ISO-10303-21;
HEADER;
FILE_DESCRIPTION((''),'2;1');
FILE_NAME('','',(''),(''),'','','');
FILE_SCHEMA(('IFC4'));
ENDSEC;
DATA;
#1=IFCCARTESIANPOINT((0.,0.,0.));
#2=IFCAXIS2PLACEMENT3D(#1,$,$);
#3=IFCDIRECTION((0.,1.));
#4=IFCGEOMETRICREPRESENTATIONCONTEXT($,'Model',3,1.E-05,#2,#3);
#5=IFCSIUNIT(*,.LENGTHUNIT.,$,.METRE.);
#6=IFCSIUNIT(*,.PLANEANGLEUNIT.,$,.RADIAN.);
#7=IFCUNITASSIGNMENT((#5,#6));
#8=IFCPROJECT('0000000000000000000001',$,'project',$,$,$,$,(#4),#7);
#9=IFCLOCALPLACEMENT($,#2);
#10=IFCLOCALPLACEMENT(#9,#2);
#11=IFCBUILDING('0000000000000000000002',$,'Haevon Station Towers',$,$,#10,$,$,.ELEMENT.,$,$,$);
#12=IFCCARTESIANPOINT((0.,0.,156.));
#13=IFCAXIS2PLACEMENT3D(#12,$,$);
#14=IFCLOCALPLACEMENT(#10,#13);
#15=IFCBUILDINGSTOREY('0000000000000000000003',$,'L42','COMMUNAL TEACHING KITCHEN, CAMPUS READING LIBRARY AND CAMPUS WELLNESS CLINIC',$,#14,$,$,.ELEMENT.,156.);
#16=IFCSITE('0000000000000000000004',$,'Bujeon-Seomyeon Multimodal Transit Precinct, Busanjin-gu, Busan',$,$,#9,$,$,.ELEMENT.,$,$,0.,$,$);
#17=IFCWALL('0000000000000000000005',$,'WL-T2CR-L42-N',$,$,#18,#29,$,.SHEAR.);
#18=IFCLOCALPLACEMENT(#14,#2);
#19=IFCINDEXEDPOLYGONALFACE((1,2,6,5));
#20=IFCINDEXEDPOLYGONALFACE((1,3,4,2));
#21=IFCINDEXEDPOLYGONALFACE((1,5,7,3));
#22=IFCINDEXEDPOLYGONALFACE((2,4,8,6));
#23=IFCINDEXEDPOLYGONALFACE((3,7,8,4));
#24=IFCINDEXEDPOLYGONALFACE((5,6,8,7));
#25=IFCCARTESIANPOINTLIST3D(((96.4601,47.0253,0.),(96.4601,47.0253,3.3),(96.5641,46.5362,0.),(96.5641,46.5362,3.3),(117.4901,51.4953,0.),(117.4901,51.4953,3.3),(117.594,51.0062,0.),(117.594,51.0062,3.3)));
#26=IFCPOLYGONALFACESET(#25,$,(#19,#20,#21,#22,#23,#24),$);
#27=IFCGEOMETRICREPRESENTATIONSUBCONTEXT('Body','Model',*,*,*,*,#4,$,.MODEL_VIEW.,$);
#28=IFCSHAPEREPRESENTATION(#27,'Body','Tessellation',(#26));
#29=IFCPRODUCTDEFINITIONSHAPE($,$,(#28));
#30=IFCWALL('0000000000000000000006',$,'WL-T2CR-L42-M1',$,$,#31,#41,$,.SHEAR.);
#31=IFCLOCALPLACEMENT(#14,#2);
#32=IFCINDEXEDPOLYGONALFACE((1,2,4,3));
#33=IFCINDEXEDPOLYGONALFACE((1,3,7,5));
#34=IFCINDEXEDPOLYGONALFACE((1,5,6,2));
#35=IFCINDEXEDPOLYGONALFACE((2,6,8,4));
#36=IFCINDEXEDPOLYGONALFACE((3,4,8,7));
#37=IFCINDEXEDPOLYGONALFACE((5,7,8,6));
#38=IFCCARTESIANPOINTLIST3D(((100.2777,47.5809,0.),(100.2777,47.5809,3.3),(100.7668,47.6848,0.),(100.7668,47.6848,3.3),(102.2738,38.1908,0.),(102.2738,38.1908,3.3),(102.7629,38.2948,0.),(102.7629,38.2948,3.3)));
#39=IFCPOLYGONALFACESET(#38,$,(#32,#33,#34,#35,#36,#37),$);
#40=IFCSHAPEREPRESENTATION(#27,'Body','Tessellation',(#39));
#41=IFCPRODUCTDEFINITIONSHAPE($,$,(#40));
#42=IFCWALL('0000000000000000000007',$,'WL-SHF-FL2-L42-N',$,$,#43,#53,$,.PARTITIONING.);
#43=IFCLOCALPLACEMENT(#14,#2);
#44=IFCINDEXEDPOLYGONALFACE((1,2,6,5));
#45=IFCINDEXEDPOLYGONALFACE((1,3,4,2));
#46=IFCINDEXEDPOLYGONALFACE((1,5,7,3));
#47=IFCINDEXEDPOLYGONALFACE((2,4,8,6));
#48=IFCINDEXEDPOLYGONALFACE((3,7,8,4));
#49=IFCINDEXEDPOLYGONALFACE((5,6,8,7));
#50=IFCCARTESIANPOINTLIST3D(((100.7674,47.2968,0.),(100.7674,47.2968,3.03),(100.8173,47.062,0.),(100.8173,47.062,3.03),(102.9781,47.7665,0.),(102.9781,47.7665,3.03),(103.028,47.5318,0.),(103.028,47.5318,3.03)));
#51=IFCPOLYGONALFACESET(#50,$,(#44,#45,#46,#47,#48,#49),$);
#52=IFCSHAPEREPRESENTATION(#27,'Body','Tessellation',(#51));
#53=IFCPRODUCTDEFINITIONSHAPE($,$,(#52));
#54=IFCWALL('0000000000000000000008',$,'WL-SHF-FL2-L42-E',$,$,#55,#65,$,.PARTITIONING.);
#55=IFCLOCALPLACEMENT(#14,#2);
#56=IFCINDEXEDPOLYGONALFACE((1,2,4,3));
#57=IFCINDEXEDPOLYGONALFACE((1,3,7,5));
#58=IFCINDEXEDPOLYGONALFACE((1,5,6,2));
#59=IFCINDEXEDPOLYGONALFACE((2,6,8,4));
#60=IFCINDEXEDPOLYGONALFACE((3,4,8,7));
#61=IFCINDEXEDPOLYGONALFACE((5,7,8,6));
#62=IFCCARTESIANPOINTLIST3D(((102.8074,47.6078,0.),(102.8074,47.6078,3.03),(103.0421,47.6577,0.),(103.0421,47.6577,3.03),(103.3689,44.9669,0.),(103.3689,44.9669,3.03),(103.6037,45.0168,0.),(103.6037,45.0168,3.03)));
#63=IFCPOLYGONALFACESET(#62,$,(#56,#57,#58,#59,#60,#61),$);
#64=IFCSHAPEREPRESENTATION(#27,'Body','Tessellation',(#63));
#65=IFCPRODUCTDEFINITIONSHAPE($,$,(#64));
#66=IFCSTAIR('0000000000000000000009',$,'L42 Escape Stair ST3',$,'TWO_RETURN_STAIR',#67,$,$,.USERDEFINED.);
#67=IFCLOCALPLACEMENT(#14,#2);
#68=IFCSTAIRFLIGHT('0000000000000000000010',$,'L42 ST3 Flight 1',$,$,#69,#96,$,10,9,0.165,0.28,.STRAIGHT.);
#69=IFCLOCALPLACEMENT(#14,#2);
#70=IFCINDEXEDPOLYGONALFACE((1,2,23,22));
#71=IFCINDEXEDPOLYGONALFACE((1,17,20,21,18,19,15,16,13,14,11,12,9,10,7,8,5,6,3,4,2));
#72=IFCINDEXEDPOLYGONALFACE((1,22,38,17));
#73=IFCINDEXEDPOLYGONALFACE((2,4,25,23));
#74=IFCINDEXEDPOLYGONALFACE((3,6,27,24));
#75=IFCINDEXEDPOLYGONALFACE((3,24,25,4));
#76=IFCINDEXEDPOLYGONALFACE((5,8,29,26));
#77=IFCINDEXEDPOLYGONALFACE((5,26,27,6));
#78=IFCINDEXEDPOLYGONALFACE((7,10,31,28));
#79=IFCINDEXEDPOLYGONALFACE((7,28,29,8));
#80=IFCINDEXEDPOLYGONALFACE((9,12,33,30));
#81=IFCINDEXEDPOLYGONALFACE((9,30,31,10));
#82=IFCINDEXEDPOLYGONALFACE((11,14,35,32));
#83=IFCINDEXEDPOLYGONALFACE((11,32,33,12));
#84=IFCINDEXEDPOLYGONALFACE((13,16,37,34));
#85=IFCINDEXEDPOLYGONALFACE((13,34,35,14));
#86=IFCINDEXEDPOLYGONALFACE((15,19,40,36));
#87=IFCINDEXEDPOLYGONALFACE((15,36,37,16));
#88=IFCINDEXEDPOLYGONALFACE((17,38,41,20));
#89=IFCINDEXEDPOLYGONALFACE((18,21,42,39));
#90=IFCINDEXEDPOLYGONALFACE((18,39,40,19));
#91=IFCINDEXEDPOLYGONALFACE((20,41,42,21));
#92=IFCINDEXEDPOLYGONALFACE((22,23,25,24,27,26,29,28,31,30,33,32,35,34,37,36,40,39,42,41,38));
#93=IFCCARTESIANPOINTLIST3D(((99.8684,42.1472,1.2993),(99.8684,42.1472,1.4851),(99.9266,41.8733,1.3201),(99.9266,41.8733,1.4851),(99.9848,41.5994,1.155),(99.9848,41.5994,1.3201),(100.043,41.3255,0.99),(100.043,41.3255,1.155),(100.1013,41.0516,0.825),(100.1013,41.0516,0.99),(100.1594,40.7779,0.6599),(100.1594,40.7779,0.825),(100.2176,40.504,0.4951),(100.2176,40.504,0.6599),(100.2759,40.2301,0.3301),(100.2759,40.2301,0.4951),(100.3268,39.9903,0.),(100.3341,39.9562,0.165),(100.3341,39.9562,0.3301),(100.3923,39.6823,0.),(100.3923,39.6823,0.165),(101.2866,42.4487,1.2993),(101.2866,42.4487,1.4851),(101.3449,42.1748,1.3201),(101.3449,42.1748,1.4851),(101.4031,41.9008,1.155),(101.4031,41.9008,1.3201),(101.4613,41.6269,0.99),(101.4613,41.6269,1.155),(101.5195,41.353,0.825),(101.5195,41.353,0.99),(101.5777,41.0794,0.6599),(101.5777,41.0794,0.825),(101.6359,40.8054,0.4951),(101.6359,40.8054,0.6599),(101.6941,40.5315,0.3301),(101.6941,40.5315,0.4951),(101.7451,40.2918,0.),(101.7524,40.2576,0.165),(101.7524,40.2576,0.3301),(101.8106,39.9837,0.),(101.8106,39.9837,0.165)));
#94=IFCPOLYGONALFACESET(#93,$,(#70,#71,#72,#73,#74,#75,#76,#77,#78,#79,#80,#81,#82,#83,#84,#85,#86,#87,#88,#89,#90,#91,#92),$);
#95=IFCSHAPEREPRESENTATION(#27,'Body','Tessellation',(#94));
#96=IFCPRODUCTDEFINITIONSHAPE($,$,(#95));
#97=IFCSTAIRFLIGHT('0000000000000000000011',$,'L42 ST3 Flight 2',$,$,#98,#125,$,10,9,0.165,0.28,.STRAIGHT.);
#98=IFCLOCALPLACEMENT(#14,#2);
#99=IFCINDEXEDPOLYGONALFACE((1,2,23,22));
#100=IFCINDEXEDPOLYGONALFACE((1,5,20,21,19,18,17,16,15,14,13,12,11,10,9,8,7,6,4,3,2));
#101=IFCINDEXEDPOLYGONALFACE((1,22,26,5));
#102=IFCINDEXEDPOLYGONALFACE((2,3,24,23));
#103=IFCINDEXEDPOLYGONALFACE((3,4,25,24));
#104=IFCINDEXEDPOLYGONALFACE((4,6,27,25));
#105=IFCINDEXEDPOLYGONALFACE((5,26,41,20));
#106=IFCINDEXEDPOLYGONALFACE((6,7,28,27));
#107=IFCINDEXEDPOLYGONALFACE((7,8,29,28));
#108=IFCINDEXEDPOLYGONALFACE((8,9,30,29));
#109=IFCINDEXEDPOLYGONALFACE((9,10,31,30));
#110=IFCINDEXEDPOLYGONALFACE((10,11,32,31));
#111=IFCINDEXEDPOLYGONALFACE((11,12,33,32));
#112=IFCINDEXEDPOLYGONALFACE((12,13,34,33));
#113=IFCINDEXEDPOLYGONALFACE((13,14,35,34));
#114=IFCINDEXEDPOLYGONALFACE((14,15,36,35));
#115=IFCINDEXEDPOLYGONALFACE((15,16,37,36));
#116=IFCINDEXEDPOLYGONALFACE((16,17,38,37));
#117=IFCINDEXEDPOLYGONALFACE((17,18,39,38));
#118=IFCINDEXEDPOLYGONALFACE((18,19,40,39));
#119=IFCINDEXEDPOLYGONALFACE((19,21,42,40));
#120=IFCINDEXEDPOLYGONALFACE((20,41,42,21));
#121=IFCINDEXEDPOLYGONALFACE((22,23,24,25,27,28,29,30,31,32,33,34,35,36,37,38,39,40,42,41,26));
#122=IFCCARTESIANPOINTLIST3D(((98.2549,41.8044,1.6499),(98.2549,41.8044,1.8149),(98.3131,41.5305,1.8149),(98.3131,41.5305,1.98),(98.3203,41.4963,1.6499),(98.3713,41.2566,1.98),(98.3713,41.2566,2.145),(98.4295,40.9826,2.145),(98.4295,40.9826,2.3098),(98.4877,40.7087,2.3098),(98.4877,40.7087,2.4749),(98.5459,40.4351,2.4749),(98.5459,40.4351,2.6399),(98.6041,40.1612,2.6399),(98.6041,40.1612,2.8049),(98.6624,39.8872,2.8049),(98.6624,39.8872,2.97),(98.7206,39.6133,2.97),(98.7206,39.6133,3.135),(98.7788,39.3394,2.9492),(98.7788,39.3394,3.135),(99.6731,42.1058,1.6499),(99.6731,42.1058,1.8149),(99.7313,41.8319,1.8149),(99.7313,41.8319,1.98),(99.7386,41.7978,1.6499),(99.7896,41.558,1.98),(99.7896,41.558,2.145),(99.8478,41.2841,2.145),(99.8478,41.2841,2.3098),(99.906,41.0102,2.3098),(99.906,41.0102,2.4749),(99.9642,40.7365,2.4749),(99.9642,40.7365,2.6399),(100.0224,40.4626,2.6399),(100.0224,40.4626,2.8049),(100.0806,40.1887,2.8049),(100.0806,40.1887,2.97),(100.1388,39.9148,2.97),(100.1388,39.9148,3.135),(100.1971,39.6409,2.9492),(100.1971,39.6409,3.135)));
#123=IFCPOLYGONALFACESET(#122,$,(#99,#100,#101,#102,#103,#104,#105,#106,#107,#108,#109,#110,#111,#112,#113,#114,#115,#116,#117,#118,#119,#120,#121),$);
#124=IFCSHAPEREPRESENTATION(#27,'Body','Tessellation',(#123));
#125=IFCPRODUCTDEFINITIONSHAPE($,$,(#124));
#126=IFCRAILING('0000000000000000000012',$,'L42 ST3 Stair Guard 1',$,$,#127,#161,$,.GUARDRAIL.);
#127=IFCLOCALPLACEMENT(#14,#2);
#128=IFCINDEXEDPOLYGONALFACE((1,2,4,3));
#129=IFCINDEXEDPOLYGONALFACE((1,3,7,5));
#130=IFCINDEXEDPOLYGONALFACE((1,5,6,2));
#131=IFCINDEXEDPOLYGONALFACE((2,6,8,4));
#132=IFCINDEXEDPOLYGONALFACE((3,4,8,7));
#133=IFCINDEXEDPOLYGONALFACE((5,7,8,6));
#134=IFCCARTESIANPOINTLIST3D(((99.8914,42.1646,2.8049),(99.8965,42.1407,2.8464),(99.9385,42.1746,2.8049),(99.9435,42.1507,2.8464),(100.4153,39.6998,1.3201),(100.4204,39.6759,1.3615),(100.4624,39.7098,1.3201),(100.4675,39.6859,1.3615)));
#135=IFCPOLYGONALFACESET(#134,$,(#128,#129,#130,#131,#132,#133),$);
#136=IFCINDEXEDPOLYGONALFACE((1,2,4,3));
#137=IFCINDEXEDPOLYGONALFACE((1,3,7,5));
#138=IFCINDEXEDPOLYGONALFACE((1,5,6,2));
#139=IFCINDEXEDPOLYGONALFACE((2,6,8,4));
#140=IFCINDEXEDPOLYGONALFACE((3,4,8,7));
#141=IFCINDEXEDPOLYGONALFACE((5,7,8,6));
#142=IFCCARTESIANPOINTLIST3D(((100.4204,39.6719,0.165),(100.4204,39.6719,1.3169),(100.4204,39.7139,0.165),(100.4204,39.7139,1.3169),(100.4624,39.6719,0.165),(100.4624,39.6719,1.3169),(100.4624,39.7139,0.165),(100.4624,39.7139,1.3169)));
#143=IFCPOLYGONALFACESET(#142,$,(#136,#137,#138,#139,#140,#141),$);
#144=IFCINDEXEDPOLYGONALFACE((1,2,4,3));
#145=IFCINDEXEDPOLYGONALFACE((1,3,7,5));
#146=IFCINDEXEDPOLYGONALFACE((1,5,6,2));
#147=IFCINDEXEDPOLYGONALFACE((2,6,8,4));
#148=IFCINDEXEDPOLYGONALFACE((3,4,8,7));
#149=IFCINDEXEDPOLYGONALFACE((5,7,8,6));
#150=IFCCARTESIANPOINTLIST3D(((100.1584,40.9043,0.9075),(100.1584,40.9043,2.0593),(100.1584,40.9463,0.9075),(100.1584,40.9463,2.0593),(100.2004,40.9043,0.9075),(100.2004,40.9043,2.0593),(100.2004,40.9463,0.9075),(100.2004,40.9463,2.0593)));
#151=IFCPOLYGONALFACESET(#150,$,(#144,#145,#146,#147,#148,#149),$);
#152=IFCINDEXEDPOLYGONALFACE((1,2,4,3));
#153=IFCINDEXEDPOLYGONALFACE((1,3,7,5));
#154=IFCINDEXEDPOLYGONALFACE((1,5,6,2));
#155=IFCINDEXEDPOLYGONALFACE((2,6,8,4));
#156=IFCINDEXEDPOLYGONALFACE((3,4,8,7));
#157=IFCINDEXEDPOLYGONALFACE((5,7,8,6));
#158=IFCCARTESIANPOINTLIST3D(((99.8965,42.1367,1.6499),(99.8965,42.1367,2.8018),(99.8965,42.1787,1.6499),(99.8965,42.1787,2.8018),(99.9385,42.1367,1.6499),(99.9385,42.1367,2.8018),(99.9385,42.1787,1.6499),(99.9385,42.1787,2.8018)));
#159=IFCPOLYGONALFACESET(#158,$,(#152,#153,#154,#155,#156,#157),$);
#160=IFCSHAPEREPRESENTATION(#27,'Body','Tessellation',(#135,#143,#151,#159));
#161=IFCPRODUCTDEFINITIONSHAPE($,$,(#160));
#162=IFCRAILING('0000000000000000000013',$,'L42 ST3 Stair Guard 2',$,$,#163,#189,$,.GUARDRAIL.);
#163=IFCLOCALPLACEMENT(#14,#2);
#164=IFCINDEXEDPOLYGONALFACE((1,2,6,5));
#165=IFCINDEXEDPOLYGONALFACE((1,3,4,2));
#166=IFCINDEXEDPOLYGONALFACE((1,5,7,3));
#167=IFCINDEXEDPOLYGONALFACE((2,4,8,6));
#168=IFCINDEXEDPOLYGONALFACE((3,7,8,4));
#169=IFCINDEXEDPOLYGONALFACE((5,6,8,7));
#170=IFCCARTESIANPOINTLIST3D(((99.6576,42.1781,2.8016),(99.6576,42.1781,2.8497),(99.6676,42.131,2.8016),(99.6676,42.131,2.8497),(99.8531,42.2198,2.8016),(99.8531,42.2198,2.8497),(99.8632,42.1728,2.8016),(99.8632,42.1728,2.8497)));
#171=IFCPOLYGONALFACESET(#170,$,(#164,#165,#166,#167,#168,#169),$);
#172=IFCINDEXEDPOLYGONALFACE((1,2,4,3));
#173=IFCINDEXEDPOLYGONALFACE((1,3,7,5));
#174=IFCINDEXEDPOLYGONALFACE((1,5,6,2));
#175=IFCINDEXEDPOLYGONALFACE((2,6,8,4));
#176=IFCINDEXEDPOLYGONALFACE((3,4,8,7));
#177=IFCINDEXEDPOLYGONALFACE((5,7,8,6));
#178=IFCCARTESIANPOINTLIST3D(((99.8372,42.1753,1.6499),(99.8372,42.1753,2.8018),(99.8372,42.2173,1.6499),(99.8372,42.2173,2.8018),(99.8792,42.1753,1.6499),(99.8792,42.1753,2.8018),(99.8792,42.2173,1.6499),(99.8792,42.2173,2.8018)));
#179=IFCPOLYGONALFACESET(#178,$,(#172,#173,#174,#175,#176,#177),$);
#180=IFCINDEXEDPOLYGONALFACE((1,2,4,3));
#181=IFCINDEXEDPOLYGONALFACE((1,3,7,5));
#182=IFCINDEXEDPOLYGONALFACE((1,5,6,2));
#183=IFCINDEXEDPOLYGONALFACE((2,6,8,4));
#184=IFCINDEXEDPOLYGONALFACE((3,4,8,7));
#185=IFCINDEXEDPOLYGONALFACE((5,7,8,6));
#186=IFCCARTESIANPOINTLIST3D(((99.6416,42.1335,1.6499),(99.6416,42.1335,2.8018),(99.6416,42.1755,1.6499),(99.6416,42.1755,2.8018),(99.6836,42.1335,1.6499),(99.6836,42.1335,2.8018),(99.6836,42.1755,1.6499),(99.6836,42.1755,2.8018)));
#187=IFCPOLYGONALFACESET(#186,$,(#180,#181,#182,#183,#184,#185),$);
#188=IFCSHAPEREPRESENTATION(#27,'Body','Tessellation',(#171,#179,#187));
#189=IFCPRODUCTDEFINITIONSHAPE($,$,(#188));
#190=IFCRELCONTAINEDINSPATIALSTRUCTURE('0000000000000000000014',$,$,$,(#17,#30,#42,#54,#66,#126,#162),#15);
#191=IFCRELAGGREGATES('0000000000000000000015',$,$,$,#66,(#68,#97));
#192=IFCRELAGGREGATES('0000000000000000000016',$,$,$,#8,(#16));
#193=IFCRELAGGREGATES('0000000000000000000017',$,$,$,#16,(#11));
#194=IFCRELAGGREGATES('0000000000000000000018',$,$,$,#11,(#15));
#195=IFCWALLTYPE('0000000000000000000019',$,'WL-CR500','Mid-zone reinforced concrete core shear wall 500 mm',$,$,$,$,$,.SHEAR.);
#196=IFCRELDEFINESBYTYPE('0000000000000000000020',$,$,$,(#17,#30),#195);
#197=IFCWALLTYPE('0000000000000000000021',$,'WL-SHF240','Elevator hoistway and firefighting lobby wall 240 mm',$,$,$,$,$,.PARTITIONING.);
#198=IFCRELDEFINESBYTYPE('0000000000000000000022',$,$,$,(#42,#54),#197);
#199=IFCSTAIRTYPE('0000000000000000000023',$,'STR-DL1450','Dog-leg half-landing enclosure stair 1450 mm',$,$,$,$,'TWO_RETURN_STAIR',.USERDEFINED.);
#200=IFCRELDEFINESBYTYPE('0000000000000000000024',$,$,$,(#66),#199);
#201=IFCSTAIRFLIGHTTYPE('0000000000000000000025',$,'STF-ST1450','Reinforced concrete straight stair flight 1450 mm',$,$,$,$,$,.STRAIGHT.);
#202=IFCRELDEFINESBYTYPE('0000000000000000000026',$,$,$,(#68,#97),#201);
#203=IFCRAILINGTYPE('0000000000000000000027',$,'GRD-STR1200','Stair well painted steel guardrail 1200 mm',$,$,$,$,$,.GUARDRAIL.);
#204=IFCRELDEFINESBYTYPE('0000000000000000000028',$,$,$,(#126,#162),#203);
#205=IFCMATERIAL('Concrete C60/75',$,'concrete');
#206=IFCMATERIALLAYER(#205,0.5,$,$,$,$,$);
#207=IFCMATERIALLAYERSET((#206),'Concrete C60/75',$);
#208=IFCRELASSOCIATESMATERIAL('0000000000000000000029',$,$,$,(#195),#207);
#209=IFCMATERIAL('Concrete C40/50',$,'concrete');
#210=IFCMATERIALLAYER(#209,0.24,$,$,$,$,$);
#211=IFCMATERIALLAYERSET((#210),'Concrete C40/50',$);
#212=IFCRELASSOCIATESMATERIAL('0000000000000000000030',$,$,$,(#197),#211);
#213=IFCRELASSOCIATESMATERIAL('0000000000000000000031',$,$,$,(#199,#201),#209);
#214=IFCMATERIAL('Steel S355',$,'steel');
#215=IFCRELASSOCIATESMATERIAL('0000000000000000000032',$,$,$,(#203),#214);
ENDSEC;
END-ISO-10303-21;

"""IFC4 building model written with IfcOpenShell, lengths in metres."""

from ifc_helpers import new_model, si_unit, direction, frame, frame_2d, origin, origin_2d, place, context, subcontext, project, spatial, polyline, rectangle, outline, extrude, material, layer, layer_set, type_object, element, aggregate, save


model = new_model("IFC4")

# Units and contexts
model_context = context("Model", 3, precision=1e-05, world=origin(), true_north=direction((0.0, 1.0)))
body_context = subcontext(model_context, "Body", "Model", "MODEL_VIEW")
ifc_project = project(units=[si_unit("LENGTHUNIT", "METRE"), si_unit("PLANEANGLEUNIT", "RADIAN")], contexts=[model_context])

# Site, building, storey
site_placement = place(None, origin())
site = spatial("IfcSite", under=ifc_project, at=site_placement, Name="Bujeon-Seomyeon Multimodal Transit Precinct, Busanjin-gu, Busan", CompositionType="ELEMENT", RefElevation=0.0)
building_placement = place(site_placement, origin())
building = spatial("IfcBuilding", under=site, at=building_placement, Name="Haevon Station Towers", CompositionType="ELEMENT")
storey_placement = place(building_placement, frame((0.0, 0.0, 156.0)))
storey = spatial("IfcBuildingStorey", under=building, at=storey_placement, Name="L42", Description="COMMUNAL TEACHING KITCHEN, CAMPUS READING LIBRARY AND CAMPUS WELLNESS CLINIC", CompositionType="ELEMENT", Elevation=156.0)

# Shared definitions
ifc_material_1 = material(Name="Steel S355", Category="steel")

# Walls
ifc_material_2 = material(Name="Concrete C60/75", Category="concrete")
ifc_layer_1 = layer(ifc_material_2, 0.5)
ifc_layer_set_1 = layer_set([ifc_layer_1], Name="Concrete C60/75")
wall_type_1 = type_object("IfcWallType", Name="WL-CR500", Description="Mid-zone reinforced concrete core shear wall 500 mm", PredefinedType="SHEAR", material=ifc_layer_set_1)
wall_1_placement = place(storey_placement, frame((96.512, 46.7808, 0.0), z_axis=(0.0, 0.0, 1.0), x_axis=(0.978149, 0.207907, 0.0)))
element("IfcWall", 1, at=wall_1_placement, inside=storey, type_object=wall_type_1, Name="WL-T2CR-L42-N", PredefinedType="SHEAR", context=body_context, shape_type="SweptSolid", body=[
    extrude(rectangle(XDim=21.4998, YDim=0.5, at=frame_2d((10.75, 0.0))), origin(), (0.0, 0.0, 1.0), 3.3),
])
wall_2_placement = place(storey_placement, frame((102.5183, 38.2429, 0.0), z_axis=(0.0, 0.0, 1.0), x_axis=(-0.207927, 0.978144, 0.0)))
element("IfcWall", 2, at=wall_2_placement, inside=storey, type_object=wall_type_1, Name="WL-T2CR-L42-M1", PredefinedType="SHEAR", context=body_context, shape_type="SweptSolid", body=[
    extrude(rectangle(XDim=9.5999, YDim=0.5, at=frame_2d((4.7998, 0.0))), origin(), (0.0, 0.0, 1.0), 3.3),
])

# Shared definitions
ifc_material_3 = material(Name="Concrete C40/50", Category="concrete")
ifc_layer_2 = layer(ifc_material_3, 0.24)
ifc_layer_set_2 = layer_set([ifc_layer_2], Name="Concrete C40/50")
wall_type_2 = type_object("IfcWallType", Name="WL-SHF240", Description="Elevator hoistway and firefighting lobby wall 240 mm", PredefinedType="PARTITIONING", material=ifc_layer_set_2)

# Walls
wall_3_placement = place(storey_placement, frame((100.7925, 47.1794, 0.0), z_axis=(0.0, 0.0, 1.0), x_axis=(0.978163, 0.207839, 0.0)))
element("IfcWall", 3, at=wall_3_placement, inside=storey, type_object=wall_type_2, Name="WL-SHF-FL2-L42-N", PredefinedType="PARTITIONING", context=body_context, shape_type="SweptSolid", body=[
    extrude(rectangle(XDim=2.26, YDim=0.24, at=frame_2d((1.1299, 0.0))), origin(), (0.0, 0.0, 1.0), 3.03),
])
wall_4_placement = place(storey_placement, frame((103.4863, 44.9917, 0.0), z_axis=(0.0, 0.0, 1.0), x_axis=(-0.207979, 0.978133, 0.0)))
element("IfcWall", 4, at=wall_4_placement, inside=storey, type_object=wall_type_2, Name="WL-SHF-FL2-L42-E", PredefinedType="PARTITIONING", context=body_context, shape_type="SweptSolid", body=[
    extrude(rectangle(XDim=2.7, YDim=0.24, at=frame_2d((1.3501, 0.0))), origin(), (0.0, 0.0, 1.0), 3.03),
])

# Stair, stair flights
stair_type = type_object("IfcStairType", Name="STR-DL1450", Description="Dog-leg half-landing enclosure stair 1450 mm", ElementType="TWO_RETURN_STAIR", PredefinedType="USERDEFINED", material=ifc_material_3)
stair_placement = place(storey_placement, origin())
stair = element("IfcStair", 5, at=stair_placement, inside=storey, type_object=stair_type, Name="L42 Escape Stair ST3", ObjectType="TWO_RETURN_STAIR", PredefinedType="USERDEFINED")
stair_flight_type = type_object("IfcStairFlightType", Name="STF-ST1450", Description="Reinforced concrete straight stair flight 1450 mm", PredefinedType="STRAIGHT", material=ifc_material_3)
stair_flight_1_placement = place(storey_placement, frame((101.1016, 39.833, 0.0), z_axis=(0.0, 0.0, 1.0), x_axis=(-0.207912, 0.978148, 0.0)))
stair_flight_1 = element("IfcStairFlight", 6, at=stair_flight_1_placement, type_object=stair_flight_type, Name="L42 ST3 Flight 1", NumberOfRisers=10, NumberOfTreads=9, PredefinedType="STRAIGHT", RiserHeight=0.165, TreadLength=0.28, context=body_context, shape_type="SweptSolid", body=[
    extrude(outline(polyline([(0.0, 0.0), (0.0, 0.165), (0.28, 0.165), (0.28, 0.3301), (0.5601, 0.3301), (0.5601, 0.4951), (0.8401, 0.4951), (0.8401, 0.6599), (1.1201, 0.6599), (1.1201, 0.825), (1.3999, 0.825), (1.3999, 0.99), (1.6799, 0.99), (1.6799, 1.155), (1.96, 1.155), (1.96, 1.3201), (2.24, 1.3201), (2.24, 1.4851), (2.52, 1.4851), (2.52, 1.6499), (2.52, 1.2993), (0.3149, 0.0), (0.0, 0.0)])), frame((0.0, 0.7251, 0.0), z_axis=(0.0, -1.0, 0.0), x_axis=(1.0, 0.0, 0.0)), (0.0, 0.0, 1.0), 1.45),
])
stair_flight_2_placement = place(storey_placement, frame((98.9639, 41.9551, 1.6499), z_axis=(0.0, 0.0, 1.0), x_axis=(0.207912, -0.978148, 0.0)))
stair_flight_2 = element("IfcStairFlight", 7, at=stair_flight_2_placement, type_object=stair_flight_type, Name="L42 ST3 Flight 2", NumberOfRisers=10, NumberOfTreads=9, PredefinedType="STRAIGHT", RiserHeight=0.165, TreadLength=0.28, context=body_context, shape_type="SweptSolid", body=[
    extrude(outline(polyline([(0.0, 0.0), (0.0, 0.165), (0.28, 0.165), (0.28, 0.3301), (0.5601, 0.3301), (0.5601, 0.4951), (0.8401, 0.4951), (0.8401, 0.6599), (1.1201, 0.6599), (1.1201, 0.825), (1.3999, 0.825), (1.3999, 0.99), (1.6799, 0.99), (1.6799, 1.155), (1.96, 1.155), (1.96, 1.3201), (2.24, 1.3201), (2.24, 1.4851), (2.52, 1.4851), (2.52, 1.6499), (2.52, 1.2993), (0.3149, 0.0), (0.0, 0.0)])), frame((0.0, 0.7251, 0.0), z_axis=(0.0, -1.0, 0.0), x_axis=(1.0, 0.0, 0.0)), (0.0, 0.0, 1.0), 1.45),
])
aggregate(stair, [stair_flight_1, stair_flight_2])

# Railings
railing_type_1 = type_object("IfcRailingType", Name="GRD-STR1200", Description="Stair well painted steel guardrail 1200 mm", PredefinedType="GUARDRAIL", material=ifc_material_1)
railing_1_placement = place(storey_placement, frame((100.4414, 39.6929, 0.165)))
element("IfcRailing", 8, at=railing_1_placement, inside=storey, type_object=railing_type_1, Name="L42 ST3 Stair Guard 1", PredefinedType="GUARDRAIL", context=body_context, shape_type="SweptSolid", body=[
    extrude(rectangle(XDim=0.0481, YDim=0.0481, at=origin_2d()), frame((0.0, 0.0, 1.1758), z_axis=(-0.179129, 0.842724, 0.507671), x_axis=(-0.978147, -0.207914, 0.0)), (0.0, 0.0, 1.0), 2.9248),
    extrude(rectangle(XDim=0.042, YDim=0.042, at=origin_2d()), origin(), (0.0, 0.0, 1.0), 1.1519),
    extrude(rectangle(XDim=0.042, YDim=0.042, at=origin_2d()), frame((-0.262, 1.2324, 0.7424)), (0.0, 0.0, 1.0), 1.1519),
    extrude(rectangle(XDim=0.042, YDim=0.042, at=origin_2d()), frame((-0.5239, 2.4648, 1.4849)), (0.0, 0.0, 1.0), 1.1519),
])
railing_2_placement = place(storey_placement, frame((99.8582, 42.1963, 1.6499)))
element("IfcRailing", 9, at=railing_2_placement, inside=storey, type_object=railing_type_1, Name="L42 ST3 Stair Guard 2", PredefinedType="GUARDRAIL", context=body_context, shape_type="SweptSolid", body=[
    extrude(rectangle(XDim=0.0481, YDim=0.0481, at=origin_2d()), frame((0.0, 0.0, 1.1758), z_axis=(-0.977963, -0.208779, 0.0), x_axis=(0.208779, -0.977963, 0.0)), (0.0, 0.0, 1.0), 0.2),
    extrude(rectangle(XDim=0.042, YDim=0.042, at=origin_2d()), origin(), (0.0, 0.0, 1.0), 1.1519),
    extrude(rectangle(XDim=0.042, YDim=0.042, at=origin_2d()), frame((-0.1956, -0.0417, 0.0)), (0.0, 0.0, 1.0), 1.1519),
])

save(model, "model.ifc")
